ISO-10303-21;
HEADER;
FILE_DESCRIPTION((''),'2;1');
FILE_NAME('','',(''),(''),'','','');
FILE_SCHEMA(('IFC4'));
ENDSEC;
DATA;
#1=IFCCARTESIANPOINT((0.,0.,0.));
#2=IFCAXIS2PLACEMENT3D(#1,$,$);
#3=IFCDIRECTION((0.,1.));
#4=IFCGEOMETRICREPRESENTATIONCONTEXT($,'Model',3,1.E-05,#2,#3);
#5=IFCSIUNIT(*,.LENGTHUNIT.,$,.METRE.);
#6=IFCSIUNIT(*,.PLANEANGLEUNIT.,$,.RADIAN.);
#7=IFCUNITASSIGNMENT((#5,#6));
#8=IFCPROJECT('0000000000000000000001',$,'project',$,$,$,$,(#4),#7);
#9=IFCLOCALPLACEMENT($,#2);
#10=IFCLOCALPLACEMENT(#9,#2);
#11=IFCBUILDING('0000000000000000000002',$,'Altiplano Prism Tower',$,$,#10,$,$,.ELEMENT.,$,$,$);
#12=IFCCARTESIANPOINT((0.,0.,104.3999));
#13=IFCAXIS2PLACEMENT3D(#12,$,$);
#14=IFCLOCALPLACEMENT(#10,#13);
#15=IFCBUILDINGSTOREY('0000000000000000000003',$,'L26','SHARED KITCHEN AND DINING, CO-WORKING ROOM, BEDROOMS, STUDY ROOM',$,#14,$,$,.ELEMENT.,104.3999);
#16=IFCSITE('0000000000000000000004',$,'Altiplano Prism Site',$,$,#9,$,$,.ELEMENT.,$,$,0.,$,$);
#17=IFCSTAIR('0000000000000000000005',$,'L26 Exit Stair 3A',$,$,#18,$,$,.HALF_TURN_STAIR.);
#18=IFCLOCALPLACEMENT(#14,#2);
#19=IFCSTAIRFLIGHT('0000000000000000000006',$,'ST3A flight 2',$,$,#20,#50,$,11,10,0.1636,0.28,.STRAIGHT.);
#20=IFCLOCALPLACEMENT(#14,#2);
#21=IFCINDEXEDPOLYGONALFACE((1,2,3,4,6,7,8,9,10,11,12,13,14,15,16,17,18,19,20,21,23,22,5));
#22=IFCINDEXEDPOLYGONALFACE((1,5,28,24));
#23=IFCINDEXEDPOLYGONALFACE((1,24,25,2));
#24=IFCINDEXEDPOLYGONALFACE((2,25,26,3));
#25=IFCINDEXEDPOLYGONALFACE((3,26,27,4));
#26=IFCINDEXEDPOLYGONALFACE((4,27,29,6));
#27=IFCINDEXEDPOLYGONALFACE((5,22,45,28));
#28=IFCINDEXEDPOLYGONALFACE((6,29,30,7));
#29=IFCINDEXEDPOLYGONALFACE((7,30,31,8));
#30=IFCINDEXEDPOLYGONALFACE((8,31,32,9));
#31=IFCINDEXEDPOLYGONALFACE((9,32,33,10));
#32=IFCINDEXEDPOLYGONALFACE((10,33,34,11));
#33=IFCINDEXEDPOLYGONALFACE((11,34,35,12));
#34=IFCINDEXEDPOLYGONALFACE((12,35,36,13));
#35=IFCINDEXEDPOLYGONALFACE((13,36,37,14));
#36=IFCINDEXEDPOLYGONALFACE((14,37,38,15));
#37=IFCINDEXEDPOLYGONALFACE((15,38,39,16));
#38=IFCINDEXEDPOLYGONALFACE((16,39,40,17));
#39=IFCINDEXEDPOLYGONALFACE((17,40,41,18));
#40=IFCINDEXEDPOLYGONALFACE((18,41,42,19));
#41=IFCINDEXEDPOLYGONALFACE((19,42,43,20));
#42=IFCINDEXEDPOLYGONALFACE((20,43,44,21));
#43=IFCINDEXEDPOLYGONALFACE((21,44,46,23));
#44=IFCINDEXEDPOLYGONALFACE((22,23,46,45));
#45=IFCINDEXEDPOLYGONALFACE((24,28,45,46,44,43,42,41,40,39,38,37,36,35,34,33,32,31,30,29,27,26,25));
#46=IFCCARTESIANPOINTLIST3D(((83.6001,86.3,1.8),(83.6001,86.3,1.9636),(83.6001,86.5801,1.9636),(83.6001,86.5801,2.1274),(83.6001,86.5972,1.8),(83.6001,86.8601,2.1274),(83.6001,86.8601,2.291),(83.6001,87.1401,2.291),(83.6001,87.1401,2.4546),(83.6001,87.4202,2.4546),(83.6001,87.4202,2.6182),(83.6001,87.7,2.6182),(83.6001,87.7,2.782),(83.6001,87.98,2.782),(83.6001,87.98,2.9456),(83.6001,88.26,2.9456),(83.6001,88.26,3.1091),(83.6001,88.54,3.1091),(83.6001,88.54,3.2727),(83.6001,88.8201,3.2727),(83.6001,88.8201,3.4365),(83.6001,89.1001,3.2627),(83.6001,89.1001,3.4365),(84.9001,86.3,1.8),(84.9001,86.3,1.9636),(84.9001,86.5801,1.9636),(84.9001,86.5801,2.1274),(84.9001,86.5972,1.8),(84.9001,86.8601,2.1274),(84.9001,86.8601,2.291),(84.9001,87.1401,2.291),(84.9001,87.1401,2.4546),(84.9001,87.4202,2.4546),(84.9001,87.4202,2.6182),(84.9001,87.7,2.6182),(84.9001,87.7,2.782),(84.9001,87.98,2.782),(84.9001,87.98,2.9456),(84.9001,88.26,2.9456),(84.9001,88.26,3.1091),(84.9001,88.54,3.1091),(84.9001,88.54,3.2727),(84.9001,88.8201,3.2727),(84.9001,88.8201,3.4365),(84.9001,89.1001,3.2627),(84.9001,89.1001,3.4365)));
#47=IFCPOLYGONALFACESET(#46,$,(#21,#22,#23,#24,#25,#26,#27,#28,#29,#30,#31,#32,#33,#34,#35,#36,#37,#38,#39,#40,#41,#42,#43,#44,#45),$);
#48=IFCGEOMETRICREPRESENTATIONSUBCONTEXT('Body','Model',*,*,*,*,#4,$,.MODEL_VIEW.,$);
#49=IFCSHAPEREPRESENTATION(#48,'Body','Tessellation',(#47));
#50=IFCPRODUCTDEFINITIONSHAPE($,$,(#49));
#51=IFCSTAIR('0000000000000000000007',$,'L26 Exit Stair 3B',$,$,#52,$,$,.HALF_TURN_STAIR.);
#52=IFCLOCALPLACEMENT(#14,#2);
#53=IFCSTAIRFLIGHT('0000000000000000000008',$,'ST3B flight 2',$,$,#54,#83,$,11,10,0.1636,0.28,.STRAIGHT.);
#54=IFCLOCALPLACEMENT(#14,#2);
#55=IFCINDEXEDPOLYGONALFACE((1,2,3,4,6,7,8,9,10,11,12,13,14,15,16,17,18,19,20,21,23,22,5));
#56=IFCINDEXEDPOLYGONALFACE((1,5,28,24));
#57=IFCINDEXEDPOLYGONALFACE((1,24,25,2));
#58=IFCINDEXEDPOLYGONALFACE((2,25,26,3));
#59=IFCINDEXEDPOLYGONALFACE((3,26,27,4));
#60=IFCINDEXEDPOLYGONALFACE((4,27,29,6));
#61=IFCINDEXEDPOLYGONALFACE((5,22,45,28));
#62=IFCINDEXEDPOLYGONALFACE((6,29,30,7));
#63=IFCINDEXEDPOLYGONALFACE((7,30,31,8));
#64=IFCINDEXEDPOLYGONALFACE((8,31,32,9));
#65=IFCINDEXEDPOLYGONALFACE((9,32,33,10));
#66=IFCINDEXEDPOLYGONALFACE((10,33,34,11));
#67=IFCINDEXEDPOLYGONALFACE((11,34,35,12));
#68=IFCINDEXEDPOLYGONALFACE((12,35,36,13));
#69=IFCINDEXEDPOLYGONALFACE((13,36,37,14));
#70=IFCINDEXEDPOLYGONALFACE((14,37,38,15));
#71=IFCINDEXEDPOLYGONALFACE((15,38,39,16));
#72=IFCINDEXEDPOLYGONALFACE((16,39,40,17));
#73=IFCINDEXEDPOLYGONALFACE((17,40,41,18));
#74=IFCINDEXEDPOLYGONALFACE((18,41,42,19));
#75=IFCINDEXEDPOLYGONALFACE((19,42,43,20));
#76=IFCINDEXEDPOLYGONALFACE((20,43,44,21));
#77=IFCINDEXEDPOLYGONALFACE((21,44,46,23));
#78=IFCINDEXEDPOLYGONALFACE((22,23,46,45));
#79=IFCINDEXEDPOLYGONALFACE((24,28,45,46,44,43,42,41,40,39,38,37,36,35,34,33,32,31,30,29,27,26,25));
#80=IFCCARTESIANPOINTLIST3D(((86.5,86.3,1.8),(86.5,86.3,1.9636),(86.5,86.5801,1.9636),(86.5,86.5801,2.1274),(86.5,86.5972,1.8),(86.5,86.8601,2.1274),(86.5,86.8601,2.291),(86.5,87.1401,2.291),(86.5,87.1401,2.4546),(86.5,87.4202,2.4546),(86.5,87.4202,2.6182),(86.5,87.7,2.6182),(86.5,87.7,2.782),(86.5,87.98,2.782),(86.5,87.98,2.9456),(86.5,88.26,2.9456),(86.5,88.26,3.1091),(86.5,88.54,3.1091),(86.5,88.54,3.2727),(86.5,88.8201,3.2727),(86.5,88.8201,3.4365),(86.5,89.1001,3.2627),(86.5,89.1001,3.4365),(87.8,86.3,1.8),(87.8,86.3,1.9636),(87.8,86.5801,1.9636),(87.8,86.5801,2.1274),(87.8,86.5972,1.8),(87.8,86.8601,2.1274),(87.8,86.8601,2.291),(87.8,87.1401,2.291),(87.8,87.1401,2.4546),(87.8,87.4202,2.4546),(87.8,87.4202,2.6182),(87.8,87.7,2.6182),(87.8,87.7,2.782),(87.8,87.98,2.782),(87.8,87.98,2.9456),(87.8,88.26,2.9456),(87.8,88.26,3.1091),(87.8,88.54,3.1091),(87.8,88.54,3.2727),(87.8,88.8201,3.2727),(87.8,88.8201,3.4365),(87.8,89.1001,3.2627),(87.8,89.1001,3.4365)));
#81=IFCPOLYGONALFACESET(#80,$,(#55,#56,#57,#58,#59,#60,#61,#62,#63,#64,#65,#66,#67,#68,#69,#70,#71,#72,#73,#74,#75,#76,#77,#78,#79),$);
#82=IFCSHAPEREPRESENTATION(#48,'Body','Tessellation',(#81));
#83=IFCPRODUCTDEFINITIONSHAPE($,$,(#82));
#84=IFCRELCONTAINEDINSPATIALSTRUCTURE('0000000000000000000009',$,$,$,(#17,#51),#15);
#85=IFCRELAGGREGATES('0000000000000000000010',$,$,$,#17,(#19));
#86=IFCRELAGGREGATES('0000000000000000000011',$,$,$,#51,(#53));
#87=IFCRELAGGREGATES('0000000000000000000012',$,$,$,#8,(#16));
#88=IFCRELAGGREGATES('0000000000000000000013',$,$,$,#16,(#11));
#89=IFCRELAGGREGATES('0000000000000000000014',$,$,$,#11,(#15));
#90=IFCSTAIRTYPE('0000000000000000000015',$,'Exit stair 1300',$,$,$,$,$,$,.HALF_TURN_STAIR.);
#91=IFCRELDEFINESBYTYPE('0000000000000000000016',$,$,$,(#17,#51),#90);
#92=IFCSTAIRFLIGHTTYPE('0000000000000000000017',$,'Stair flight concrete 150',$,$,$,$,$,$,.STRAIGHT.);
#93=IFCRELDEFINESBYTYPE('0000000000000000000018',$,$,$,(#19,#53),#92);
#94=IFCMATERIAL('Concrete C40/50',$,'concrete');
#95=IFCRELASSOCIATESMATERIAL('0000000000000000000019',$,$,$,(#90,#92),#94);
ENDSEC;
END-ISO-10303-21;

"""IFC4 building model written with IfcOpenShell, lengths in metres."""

from ifc_helpers import new_model, si_unit, direction, frame, origin, place, context, subcontext, project, spatial, polyline, outline, extrude, material, type_object, element, aggregate, save


model = new_model("IFC4")

# Units and contexts
model_context = context("Model", 3, precision=1e-05, world=origin(), true_north=direction((0.0, 1.0)))
body_context = subcontext(model_context, "Body", "Model", "MODEL_VIEW")
ifc_project = project(units=[si_unit("LENGTHUNIT", "METRE"), si_unit("PLANEANGLEUNIT", "RADIAN")], contexts=[model_context])

# Site, building, storey
site_placement = place(None, origin())
site = spatial("IfcSite", under=ifc_project, at=site_placement, Name="Altiplano Prism Site", CompositionType="ELEMENT", RefElevation=0.0)
building_placement = place(site_placement, origin())
building = spatial("IfcBuilding", under=site, at=building_placement, Name="Altiplano Prism Tower", CompositionType="ELEMENT")
storey_placement = place(building_placement, frame((0.0, 0.0, 104.3999)))
storey = spatial("IfcBuildingStorey", under=building, at=storey_placement, Name="L26", Description="SHARED KITCHEN AND DINING, CO-WORKING ROOM, BEDROOMS, STUDY ROOM", CompositionType="ELEMENT", Elevation=104.3999)

# Stairs, stair flights
ifc_material_1 = material(Name="Concrete C40/50", Category="concrete")
stair_type = type_object("IfcStairType", Name="Exit stair 1300", PredefinedType="HALF_TURN_STAIR", material=ifc_material_1)
stair_1_placement = place(storey_placement, origin())
stair_1 = element("IfcStair", 1, at=stair_1_placement, inside=storey, type_object=stair_type, Name="L26 Exit Stair 3A", PredefinedType="HALF_TURN_STAIR")
stair_flight_type = type_object("IfcStairFlightType", Name="Stair flight concrete 150", PredefinedType="STRAIGHT", material=ifc_material_1)
stair_flight_1_placement = place(storey_placement, frame((84.25, 86.3, 1.8), z_axis=(0.0, 0.0, 1.0), x_axis=(0.0, 1.0, 0.0)))
stair_flight_1 = element("IfcStairFlight", 2, at=stair_flight_1_placement, type_object=stair_flight_type, Name="ST3A flight 2", NumberOfRisers=11, NumberOfTreads=10, PredefinedType="STRAIGHT", RiserHeight=0.1636, TreadLength=0.28, context=body_context, shape_type="SweptSolid", body=[
    extrude(outline(polyline([(0.0, 0.0), (0.0, 0.1636), (0.28, 0.1636), (0.28, 0.3274), (0.5601, 0.3274), (0.5601, 0.491), (0.8401, 0.491), (0.8401, 0.6545), (1.1201, 0.6545), (1.1201, 0.8181), (1.3999, 0.8181), (1.3999, 0.9819), (1.6799, 0.9819), (1.6799, 1.1455), (1.96, 1.1455), (1.96, 1.3091), (2.24, 1.3091), (2.24, 1.4727), (2.52, 1.4727), (2.52, 1.6365), (2.8, 1.6365), (2.8, 1.8), (2.8, 1.4626), (0.2971, 0.0), (0.0, 0.0)])), frame((0.0, 0.6499, 0.0), z_axis=(0.0, -1.0, 0.0), x_axis=(1.0, 0.0, 0.0)), (0.0, 0.0, 1.0), 1.3),
])
aggregate(stair_1, [stair_flight_1])
stair_2_placement = place(storey_placement, origin())
stair_2 = element("IfcStair", 3, at=stair_2_placement, inside=storey, type_object=stair_type, Name="L26 Exit Stair 3B", PredefinedType="HALF_TURN_STAIR")
stair_flight_2_placement = place(storey_placement, frame((87.1499, 86.3, 1.8), z_axis=(0.0, 0.0, 1.0), x_axis=(0.0, 1.0, 0.0)))
stair_flight_2 = element("IfcStairFlight", 4, at=stair_flight_2_placement, type_object=stair_flight_type, Name="ST3B flight 2", NumberOfRisers=11, NumberOfTreads=10, PredefinedType="STRAIGHT", RiserHeight=0.1636, TreadLength=0.28, context=body_context, shape_type="SweptSolid", body=[
    extrude(outline(polyline([(0.0, 0.0), (0.0, 0.1636), (0.28, 0.1636), (0.28, 0.3274), (0.5601, 0.3274), (0.5601, 0.491), (0.8401, 0.491), (0.8401, 0.6545), (1.1201, 0.6545), (1.1201, 0.8181), (1.3999, 0.8181), (1.3999, 0.9819), (1.6799, 0.9819), (1.6799, 1.1455), (1.96, 1.1455), (1.96, 1.3091), (2.24, 1.3091), (2.24, 1.4727), (2.52, 1.4727), (2.52, 1.6365), (2.8, 1.6365), (2.8, 1.8), (2.8, 1.4626), (0.2971, 0.0), (0.0, 0.0)])), frame((0.0, 0.6499, 0.0), z_axis=(0.0, -1.0, 0.0), x_axis=(1.0, 0.0, 0.0)), (0.0, 0.0, 1.0), 1.3),
])
aggregate(stair_2, [stair_flight_2])

save(model, "model.ifc")
